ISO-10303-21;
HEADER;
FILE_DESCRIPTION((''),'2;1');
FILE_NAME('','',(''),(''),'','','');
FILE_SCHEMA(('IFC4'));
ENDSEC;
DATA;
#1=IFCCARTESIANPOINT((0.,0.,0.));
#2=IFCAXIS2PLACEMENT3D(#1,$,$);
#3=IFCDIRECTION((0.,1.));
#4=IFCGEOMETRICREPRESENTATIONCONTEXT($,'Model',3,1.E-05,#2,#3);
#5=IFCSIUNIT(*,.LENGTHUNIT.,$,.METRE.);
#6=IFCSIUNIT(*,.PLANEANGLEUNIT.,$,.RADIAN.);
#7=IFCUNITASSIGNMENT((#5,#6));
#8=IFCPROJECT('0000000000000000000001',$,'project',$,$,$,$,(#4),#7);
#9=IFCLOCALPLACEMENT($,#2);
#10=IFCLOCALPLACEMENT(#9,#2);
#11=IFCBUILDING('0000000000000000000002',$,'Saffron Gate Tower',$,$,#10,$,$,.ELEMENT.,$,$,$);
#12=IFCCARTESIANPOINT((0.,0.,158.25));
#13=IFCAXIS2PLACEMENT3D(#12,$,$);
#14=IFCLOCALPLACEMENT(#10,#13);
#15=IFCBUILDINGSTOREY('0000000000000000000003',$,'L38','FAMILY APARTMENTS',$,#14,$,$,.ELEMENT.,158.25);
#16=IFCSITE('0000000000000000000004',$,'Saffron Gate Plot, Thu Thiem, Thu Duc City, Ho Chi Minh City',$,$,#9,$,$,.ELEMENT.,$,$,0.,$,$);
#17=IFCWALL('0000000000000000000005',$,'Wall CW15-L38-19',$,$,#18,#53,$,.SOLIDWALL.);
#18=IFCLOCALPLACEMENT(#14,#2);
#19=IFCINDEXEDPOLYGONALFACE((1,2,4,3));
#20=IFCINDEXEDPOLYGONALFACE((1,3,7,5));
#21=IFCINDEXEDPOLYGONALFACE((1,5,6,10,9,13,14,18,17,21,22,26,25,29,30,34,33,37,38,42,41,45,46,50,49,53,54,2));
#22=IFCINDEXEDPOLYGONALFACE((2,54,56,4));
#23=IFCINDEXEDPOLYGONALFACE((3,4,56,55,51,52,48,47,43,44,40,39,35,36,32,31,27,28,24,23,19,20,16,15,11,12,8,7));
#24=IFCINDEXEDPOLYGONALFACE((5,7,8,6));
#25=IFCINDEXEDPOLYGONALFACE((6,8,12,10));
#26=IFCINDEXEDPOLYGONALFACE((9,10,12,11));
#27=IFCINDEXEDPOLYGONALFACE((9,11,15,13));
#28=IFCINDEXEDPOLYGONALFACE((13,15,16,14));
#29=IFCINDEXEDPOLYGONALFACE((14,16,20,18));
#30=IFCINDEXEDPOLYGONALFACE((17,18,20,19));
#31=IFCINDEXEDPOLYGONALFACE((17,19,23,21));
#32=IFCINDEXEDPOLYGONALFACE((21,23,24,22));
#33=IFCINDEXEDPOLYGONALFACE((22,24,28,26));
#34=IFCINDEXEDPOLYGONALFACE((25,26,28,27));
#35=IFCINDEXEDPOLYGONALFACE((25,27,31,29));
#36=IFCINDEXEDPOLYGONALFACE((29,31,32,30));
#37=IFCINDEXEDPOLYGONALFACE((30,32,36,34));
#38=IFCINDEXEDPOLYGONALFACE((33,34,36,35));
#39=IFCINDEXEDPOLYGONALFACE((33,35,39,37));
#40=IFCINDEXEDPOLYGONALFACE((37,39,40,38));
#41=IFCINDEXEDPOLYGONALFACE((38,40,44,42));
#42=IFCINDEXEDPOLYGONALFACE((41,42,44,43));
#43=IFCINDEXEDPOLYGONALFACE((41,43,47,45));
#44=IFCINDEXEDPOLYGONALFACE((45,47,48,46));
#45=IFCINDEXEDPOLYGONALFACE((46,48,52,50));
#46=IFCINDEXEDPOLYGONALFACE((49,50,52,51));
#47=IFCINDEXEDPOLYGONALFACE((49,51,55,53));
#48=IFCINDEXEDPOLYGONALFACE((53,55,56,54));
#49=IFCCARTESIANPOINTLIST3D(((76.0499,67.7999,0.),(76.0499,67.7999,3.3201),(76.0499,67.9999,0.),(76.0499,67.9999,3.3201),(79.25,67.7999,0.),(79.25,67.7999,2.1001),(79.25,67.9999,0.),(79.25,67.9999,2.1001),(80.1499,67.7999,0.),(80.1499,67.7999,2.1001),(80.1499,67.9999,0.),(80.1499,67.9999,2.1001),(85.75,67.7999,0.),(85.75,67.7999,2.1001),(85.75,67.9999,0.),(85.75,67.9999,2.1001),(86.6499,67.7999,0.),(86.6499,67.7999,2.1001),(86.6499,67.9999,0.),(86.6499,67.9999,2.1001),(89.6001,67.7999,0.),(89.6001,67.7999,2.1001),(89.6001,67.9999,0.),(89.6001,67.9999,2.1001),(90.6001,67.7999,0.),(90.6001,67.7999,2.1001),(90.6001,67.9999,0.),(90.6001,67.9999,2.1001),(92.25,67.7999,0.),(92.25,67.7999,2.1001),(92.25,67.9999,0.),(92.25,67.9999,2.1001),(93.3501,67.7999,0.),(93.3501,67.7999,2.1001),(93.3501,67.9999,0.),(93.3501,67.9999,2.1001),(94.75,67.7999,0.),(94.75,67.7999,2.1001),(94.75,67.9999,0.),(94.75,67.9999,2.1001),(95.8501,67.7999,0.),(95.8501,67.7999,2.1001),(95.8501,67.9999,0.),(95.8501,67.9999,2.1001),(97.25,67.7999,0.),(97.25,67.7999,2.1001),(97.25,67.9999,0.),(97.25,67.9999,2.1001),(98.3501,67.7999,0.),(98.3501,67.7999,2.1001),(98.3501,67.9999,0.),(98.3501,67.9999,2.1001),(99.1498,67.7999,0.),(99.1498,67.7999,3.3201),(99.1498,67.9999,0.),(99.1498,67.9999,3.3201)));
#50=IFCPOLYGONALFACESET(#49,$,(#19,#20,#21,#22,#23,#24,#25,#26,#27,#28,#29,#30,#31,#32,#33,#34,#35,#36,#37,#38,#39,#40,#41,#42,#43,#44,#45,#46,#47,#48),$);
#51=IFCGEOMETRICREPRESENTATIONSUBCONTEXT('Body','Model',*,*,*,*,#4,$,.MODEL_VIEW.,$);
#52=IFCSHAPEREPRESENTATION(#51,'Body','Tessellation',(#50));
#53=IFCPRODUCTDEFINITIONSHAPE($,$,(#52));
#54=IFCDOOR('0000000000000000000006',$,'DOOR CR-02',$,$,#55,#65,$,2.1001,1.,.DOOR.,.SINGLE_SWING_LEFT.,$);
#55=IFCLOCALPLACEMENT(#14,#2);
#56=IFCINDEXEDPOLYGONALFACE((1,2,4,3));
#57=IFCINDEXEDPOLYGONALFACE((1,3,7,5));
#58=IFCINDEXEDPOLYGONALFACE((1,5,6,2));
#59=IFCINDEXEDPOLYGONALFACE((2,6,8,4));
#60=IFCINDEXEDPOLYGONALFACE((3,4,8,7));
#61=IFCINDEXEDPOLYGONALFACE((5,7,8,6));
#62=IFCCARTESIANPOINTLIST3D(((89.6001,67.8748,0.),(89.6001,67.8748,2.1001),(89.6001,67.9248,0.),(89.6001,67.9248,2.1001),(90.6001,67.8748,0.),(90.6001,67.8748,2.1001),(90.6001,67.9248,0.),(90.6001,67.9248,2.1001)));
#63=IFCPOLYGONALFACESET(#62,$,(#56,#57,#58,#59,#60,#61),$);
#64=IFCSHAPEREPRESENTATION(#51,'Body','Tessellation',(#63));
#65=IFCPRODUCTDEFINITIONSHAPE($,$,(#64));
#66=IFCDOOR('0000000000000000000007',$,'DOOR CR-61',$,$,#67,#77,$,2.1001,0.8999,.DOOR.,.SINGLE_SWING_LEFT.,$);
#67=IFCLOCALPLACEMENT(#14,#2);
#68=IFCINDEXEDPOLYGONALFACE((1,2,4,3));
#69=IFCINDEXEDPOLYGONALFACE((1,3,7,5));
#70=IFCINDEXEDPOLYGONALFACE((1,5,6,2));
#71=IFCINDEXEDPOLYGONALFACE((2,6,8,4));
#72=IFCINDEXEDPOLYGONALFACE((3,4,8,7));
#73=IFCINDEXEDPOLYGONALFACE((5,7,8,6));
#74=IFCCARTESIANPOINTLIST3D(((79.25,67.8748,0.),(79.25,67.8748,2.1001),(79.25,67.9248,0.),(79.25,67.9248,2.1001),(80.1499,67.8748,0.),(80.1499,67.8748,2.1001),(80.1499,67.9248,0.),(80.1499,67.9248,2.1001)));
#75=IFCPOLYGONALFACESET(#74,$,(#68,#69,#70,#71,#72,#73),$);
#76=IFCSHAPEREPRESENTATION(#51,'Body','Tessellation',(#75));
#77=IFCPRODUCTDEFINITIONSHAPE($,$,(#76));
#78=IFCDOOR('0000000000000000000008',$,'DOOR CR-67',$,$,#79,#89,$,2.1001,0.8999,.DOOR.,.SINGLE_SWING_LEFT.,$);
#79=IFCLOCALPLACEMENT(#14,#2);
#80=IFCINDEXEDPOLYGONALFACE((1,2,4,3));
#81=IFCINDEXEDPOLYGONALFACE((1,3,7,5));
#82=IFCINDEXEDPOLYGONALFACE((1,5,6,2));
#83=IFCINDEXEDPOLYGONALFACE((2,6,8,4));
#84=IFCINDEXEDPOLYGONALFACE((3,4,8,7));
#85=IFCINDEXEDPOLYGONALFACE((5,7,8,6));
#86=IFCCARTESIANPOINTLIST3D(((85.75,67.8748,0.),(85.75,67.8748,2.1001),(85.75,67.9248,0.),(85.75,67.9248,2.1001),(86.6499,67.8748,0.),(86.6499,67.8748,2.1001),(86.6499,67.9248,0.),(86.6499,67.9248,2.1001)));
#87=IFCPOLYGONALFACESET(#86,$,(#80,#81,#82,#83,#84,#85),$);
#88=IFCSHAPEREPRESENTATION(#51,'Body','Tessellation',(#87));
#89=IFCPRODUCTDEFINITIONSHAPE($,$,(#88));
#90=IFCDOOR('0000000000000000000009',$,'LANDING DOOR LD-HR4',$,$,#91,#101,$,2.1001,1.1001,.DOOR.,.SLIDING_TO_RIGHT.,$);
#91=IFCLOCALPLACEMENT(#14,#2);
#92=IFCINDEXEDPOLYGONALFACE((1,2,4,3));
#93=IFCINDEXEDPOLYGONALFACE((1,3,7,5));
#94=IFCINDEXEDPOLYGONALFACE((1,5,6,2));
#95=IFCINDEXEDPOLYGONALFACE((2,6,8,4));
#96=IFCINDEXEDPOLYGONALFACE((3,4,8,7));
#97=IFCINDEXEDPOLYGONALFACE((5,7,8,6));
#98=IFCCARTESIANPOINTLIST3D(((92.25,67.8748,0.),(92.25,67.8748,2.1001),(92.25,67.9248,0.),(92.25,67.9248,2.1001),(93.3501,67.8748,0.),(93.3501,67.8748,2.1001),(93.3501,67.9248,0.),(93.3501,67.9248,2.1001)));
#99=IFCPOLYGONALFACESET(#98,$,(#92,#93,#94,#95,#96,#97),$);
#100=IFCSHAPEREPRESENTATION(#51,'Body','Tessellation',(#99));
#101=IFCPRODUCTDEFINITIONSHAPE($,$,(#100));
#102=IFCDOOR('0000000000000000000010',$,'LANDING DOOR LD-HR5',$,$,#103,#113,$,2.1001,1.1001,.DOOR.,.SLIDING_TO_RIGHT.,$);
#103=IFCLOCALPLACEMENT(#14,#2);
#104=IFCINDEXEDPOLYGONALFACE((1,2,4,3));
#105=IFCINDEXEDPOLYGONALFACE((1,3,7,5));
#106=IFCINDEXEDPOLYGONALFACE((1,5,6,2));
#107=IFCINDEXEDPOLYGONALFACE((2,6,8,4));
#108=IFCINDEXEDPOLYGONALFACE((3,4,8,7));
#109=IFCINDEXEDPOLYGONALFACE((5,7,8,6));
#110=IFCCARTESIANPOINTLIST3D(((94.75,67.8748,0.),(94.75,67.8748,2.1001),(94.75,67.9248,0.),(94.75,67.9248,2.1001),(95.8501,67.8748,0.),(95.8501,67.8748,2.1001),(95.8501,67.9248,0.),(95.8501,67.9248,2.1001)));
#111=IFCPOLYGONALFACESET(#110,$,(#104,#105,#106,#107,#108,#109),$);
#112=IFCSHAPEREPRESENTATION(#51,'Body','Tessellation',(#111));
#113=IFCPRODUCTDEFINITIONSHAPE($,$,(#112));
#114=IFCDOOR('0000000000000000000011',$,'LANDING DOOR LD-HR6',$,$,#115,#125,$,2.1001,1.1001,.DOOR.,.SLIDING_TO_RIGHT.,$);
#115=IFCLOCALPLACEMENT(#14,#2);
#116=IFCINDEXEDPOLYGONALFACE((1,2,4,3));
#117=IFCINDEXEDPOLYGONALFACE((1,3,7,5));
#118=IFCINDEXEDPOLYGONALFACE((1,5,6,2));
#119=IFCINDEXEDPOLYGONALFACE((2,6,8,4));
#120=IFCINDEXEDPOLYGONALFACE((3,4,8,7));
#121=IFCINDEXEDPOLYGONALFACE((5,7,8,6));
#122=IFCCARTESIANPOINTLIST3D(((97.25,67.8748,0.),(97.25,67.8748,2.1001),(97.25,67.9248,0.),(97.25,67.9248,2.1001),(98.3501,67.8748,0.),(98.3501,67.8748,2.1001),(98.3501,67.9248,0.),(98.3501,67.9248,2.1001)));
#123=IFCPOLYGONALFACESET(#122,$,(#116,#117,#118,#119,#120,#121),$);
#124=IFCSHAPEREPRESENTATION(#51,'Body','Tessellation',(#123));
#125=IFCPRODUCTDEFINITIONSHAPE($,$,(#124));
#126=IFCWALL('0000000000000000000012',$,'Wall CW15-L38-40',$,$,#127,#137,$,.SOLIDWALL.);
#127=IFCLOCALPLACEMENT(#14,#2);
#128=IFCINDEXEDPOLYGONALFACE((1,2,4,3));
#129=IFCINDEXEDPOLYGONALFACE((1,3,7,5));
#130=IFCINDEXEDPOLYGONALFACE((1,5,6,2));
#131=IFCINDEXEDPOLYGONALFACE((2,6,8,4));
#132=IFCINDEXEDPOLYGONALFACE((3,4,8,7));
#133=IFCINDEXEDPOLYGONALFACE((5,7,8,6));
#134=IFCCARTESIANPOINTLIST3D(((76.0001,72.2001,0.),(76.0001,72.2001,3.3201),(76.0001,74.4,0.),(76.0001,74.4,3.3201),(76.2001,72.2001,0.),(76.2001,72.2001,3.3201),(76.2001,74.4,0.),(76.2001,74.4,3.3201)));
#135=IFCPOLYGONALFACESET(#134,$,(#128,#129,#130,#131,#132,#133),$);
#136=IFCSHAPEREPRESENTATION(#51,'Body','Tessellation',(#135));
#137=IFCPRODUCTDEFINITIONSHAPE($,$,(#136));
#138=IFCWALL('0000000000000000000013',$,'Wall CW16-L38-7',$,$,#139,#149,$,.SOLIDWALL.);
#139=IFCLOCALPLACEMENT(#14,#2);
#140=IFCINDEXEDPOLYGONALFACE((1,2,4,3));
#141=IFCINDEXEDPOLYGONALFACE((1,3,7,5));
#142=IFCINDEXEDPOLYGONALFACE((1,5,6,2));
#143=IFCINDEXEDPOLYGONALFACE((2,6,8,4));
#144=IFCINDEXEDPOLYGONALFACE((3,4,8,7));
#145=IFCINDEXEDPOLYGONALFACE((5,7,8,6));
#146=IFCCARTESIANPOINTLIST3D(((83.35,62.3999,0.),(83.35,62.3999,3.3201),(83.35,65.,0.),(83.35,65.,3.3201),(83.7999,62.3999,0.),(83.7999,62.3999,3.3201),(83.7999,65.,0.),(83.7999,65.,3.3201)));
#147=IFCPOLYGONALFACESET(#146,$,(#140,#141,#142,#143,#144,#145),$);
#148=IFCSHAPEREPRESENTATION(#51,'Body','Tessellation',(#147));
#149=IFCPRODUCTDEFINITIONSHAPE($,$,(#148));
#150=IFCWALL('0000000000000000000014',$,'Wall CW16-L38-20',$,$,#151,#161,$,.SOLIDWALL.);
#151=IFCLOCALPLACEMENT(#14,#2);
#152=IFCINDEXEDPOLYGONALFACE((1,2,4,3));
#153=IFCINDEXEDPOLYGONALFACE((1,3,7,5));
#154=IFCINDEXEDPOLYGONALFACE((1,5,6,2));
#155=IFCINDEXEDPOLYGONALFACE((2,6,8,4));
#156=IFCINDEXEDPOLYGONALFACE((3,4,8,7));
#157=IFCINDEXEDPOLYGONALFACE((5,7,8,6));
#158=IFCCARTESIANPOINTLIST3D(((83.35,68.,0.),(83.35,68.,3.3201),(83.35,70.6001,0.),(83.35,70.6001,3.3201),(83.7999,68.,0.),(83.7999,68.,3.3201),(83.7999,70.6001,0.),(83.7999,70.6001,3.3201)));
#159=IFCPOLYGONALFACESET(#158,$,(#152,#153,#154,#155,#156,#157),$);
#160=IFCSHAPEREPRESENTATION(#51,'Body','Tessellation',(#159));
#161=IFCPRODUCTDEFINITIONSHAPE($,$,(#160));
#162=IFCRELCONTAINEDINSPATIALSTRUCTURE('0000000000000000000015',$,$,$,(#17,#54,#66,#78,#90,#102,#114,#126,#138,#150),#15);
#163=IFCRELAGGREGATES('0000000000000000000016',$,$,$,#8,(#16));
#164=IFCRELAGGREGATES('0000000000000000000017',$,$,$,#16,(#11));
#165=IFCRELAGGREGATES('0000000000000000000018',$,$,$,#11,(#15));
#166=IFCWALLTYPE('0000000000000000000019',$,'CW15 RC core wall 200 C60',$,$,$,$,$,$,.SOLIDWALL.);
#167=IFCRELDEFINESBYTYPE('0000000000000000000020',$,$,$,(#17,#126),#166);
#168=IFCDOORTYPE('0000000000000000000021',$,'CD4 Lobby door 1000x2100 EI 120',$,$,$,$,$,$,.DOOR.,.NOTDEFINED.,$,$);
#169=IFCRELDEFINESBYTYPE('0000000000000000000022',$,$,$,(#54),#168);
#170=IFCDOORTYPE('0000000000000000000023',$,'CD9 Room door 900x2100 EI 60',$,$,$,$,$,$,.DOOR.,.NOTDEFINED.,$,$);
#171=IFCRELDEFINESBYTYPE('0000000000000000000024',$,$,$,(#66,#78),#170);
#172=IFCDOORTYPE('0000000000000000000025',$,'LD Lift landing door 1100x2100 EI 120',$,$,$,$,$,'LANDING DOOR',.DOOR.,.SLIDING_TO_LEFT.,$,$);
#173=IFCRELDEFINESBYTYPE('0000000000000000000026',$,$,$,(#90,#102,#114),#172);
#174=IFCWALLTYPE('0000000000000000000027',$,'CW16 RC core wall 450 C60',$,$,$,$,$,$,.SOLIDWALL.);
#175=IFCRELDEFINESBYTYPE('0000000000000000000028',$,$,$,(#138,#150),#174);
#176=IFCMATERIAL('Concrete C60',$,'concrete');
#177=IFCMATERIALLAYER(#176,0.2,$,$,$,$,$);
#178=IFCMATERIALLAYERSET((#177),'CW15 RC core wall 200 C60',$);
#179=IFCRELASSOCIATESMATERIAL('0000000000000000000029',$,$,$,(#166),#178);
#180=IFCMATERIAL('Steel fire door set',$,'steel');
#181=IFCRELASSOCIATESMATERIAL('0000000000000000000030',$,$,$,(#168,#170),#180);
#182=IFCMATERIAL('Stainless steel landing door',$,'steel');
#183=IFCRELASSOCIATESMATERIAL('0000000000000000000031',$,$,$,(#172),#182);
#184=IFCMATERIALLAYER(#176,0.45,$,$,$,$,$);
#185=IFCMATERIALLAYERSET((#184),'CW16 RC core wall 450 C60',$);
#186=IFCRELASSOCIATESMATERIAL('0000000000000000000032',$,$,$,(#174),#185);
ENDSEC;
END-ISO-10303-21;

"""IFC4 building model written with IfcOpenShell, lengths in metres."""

from ifc_helpers import new_model, si_unit, direction, frame, frame_2d, origin, place, context, subcontext, project, spatial, rectangle, extrude, material, layer, layer_set, type_object, element, fill, save


model = new_model("IFC4")

# Units and contexts
model_context = context("Model", 3, precision=1e-05, world=origin(), true_north=direction((0.0, 1.0)))
body_context = subcontext(model_context, "Body", "Model", "MODEL_VIEW")
ifc_project = project(units=[si_unit("LENGTHUNIT", "METRE"), si_unit("PLANEANGLEUNIT", "RADIAN")], contexts=[model_context])

# Site, building, storey
site_placement = place(None, origin())
site = spatial("IfcSite", under=ifc_project, at=site_placement, Name="Saffron Gate Plot, Thu Thiem, Thu Duc City, Ho Chi Minh City", CompositionType="ELEMENT", RefElevation=0.0)
building_placement = place(site_placement, origin())
building = spatial("IfcBuilding", under=site, at=building_placement, Name="Saffron Gate Tower", CompositionType="ELEMENT")
storey_placement = place(building_placement, frame((0.0, 0.0, 158.25)))
storey = spatial("IfcBuildingStorey", under=building, at=storey_placement, Name="L38", Description="FAMILY APARTMENTS", CompositionType="ELEMENT", Elevation=158.25)

# Shared definitions
ifc_material_1 = material(Name="Concrete C60", Category="concrete")
ifc_material_2 = material(Name="Steel fire door set", Category="steel")

# Wall, openings, doors
ifc_layer_1 = layer(ifc_material_1, 0.2)
ifc_layer_set_1 = layer_set([ifc_layer_1], Name="CW15 RC core wall 200 C60")
wall_type_1 = type_object("IfcWallType", Name="CW15 RC core wall 200 C60", PredefinedType="SOLIDWALL", material=ifc_layer_set_1)
wall_1_placement = place(storey_placement, frame((76.05, 67.8999, 0.0), z_axis=(0.0, 0.0, 1.0), x_axis=(1.0, 0.0, 0.0)))
wall_1 = element("IfcWall", 1, at=wall_1_placement, inside=storey, type_object=wall_type_1, Name="Wall CW15-L38-19", PredefinedType="SOLIDWALL", context=body_context, shape_type="SweptSolid", body=[
    extrude(rectangle(XDim=23.0999, YDim=0.2, at=frame_2d((11.5498, 0.0))), origin(), (0.0, 0.0, 1.0), 3.3201),
])
opening_1_placement = place(wall_1_placement, frame((3.2, 0.0, 0.0)))
opening_1 = element("IfcOpeningElement", 2, at=opening_1_placement, cuts=wall_1, PredefinedType="OPENING", context=body_context, shape_type="SweptSolid", body=[
    extrude(rectangle(XDim=0.8999, YDim=2.1001, at=frame_2d((0.45, 1.05))), frame((0.0, 0.1099, 0.0), z_axis=(0.0, -1.0, 0.0), x_axis=(1.0, 0.0, 0.0)), (0.0, 0.0, 1.0), 0.22),
])
opening_2_placement = place(wall_1_placement, frame((9.7, 0.0, 0.0)))
opening_2 = element("IfcOpeningElement", 3, at=opening_2_placement, cuts=wall_1, PredefinedType="OPENING", context=body_context, shape_type="SweptSolid", body=[
    extrude(rectangle(XDim=0.8999, YDim=2.1001, at=frame_2d((0.45, 1.05))), frame((0.0, 0.1099, 0.0), z_axis=(0.0, -1.0, 0.0), x_axis=(1.0, 0.0, 0.0)), (0.0, 0.0, 1.0), 0.22),
])
opening_3_placement = place(wall_1_placement, frame((13.55, 0.0, 0.0)))
opening_3 = element("IfcOpeningElement", 4, at=opening_3_placement, cuts=wall_1, PredefinedType="OPENING", context=body_context, shape_type="SweptSolid", body=[
    extrude(rectangle(XDim=1.0, YDim=2.1001, at=frame_2d((0.5, 1.05))), frame((0.0, 0.1099, 0.0), z_axis=(0.0, -1.0, 0.0), x_axis=(1.0, 0.0, 0.0)), (0.0, 0.0, 1.0), 0.22),
])
opening_4_placement = place(wall_1_placement, frame((16.2, 0.0, 0.0)))
opening_4 = element("IfcOpeningElement", 5, at=opening_4_placement, cuts=wall_1, PredefinedType="OPENING", context=body_context, shape_type="SweptSolid", body=[
    extrude(rectangle(XDim=1.1001, YDim=2.1001, at=frame_2d((0.55, 1.05))), frame((0.0, 0.1099, 0.0), z_axis=(0.0, -1.0, 0.0), x_axis=(1.0, 0.0, 0.0)), (0.0, 0.0, 1.0), 0.22),
])
opening_5_placement = place(wall_1_placement, frame((18.7, 0.0, 0.0)))
opening_5 = element("IfcOpeningElement", 6, at=opening_5_placement, cuts=wall_1, PredefinedType="OPENING", context=body_context, shape_type="SweptSolid", body=[
    extrude(rectangle(XDim=1.1001, YDim=2.1001, at=frame_2d((0.55, 1.05))), frame((0.0, 0.1099, 0.0), z_axis=(0.0, -1.0, 0.0), x_axis=(1.0, 0.0, 0.0)), (0.0, 0.0, 1.0), 0.22),
])
opening_6_placement = place(wall_1_placement, frame((21.2, 0.0, 0.0)))
opening_6 = element("IfcOpeningElement", 7, at=opening_6_placement, cuts=wall_1, PredefinedType="OPENING", context=body_context, shape_type="SweptSolid", body=[
    extrude(rectangle(XDim=1.1001, YDim=2.1001, at=frame_2d((0.55, 1.05))), frame((0.0, 0.1099, 0.0), z_axis=(0.0, -1.0, 0.0), x_axis=(1.0, 0.0, 0.0)), (0.0, 0.0, 1.0), 0.22),
])
door_type_1 = type_object("IfcDoorType", Name="CD4 Lobby door 1000x2100 EI 120", OperationType="NOTDEFINED", PredefinedType="DOOR", material=ifc_material_2)
door_1_placement = place(opening_3_placement, origin())
door_1 = element("IfcDoor", 8, at=door_1_placement, inside=storey, type_object=door_type_1, Name="DOOR CR-02", OperationType="SINGLE_SWING_LEFT", OverallHeight=2.1001, OverallWidth=1.0, PredefinedType="DOOR", context=body_context, shape_type="SweptSolid", body=[
    extrude(rectangle(XDim=1.0, YDim=2.1001, at=frame_2d((0.5, 1.05))), frame((0.0, 0.0249, 0.0), z_axis=(0.0, -1.0, 0.0), x_axis=(1.0, 0.0, 0.0)), (0.0, 0.0, 1.0), 0.05),
])
fill(opening_3, door_1)
door_type_2 = type_object("IfcDoorType", Name="CD9 Room door 900x2100 EI 60", OperationType="NOTDEFINED", PredefinedType="DOOR", material=ifc_material_2)
door_2_placement = place(opening_1_placement, origin())
door_2 = element("IfcDoor", 9, at=door_2_placement, inside=storey, type_object=door_type_2, Name="DOOR CR-61", OperationType="SINGLE_SWING_LEFT", OverallHeight=2.1001, OverallWidth=0.8999, PredefinedType="DOOR", context=body_context, shape_type="SweptSolid", body=[
    extrude(rectangle(XDim=0.8999, YDim=2.1001, at=frame_2d((0.45, 1.05))), frame((0.0, 0.0249, 0.0), z_axis=(0.0, -1.0, 0.0), x_axis=(1.0, 0.0, 0.0)), (0.0, 0.0, 1.0), 0.05),
])
fill(opening_1, door_2)
door_3_placement = place(opening_2_placement, origin())
door_3 = element("IfcDoor", 10, at=door_3_placement, inside=storey, type_object=door_type_2, Name="DOOR CR-67", OperationType="SINGLE_SWING_LEFT", OverallHeight=2.1001, OverallWidth=0.8999, PredefinedType="DOOR", context=body_context, shape_type="SweptSolid", body=[
    extrude(rectangle(XDim=0.8999, YDim=2.1001, at=frame_2d((0.45, 1.05))), frame((0.0, 0.0249, 0.0), z_axis=(0.0, -1.0, 0.0), x_axis=(1.0, 0.0, 0.0)), (0.0, 0.0, 1.0), 0.05),
])
fill(opening_2, door_3)
ifc_material_3 = material(Name="Stainless steel landing door", Category="steel")
door_type_3 = type_object("IfcDoorType", Name="LD Lift landing door 1100x2100 EI 120", ElementType="LANDING DOOR", OperationType="SLIDING_TO_LEFT", PredefinedType="DOOR", material=ifc_material_3)
door_4_placement = place(opening_4_placement, origin())
door_4 = element("IfcDoor", 11, at=door_4_placement, inside=storey, type_object=door_type_3, Name="LANDING DOOR LD-HR4", OperationType="SLIDING_TO_RIGHT", OverallHeight=2.1001, OverallWidth=1.1001, PredefinedType="DOOR", context=body_context, shape_type="SweptSolid", body=[
    extrude(rectangle(XDim=1.1001, YDim=2.1001, at=frame_2d((0.55, 1.05))), frame((0.0, 0.0249, 0.0), z_axis=(0.0, -1.0, 0.0), x_axis=(1.0, 0.0, 0.0)), (0.0, 0.0, 1.0), 0.05),
])
fill(opening_4, door_4)
door_5_placement = place(opening_5_placement, origin())
door_5 = element("IfcDoor", 12, at=door_5_placement, inside=storey, type_object=door_type_3, Name="LANDING DOOR LD-HR5", OperationType="SLIDING_TO_RIGHT", OverallHeight=2.1001, OverallWidth=1.1001, PredefinedType="DOOR", context=body_context, shape_type="SweptSolid", body=[
    extrude(rectangle(XDim=1.1001, YDim=2.1001, at=frame_2d((0.55, 1.05))), frame((0.0, 0.0249, 0.0), z_axis=(0.0, -1.0, 0.0), x_axis=(1.0, 0.0, 0.0)), (0.0, 0.0, 1.0), 0.05),
])
fill(opening_5, door_5)
door_6_placement = place(opening_6_placement, origin())
door_6 = element("IfcDoor", 13, at=door_6_placement, inside=storey, type_object=door_type_3, Name="LANDING DOOR LD-HR6", OperationType="SLIDING_TO_RIGHT", OverallHeight=2.1001, OverallWidth=1.1001, PredefinedType="DOOR", context=body_context, shape_type="SweptSolid", body=[
    extrude(rectangle(XDim=1.1001, YDim=2.1001, at=frame_2d((0.55, 1.05))), frame((0.0, 0.0249, 0.0), z_axis=(0.0, -1.0, 0.0), x_axis=(1.0, 0.0, 0.0)), (0.0, 0.0, 1.0), 0.05),
])
fill(opening_6, door_6)

# Walls
wall_2_placement = place(storey_placement, frame((76.1001, 72.2, 0.0), z_axis=(0.0, 0.0, 1.0), x_axis=(0.0, 1.0, 0.0)))
element("IfcWall", 14, at=wall_2_placement, inside=storey, type_object=wall_type_1, Name="Wall CW15-L38-40", PredefinedType="SOLIDWALL", context=body_context, shape_type="SweptSolid", body=[
    extrude(rectangle(XDim=2.2, YDim=0.2, at=frame_2d((1.1001, 0.0))), origin(), (0.0, 0.0, 1.0), 3.3201),
])
ifc_layer_2 = layer(ifc_material_1, 0.45)
ifc_layer_set_2 = layer_set([ifc_layer_2], Name="CW16 RC core wall 450 C60")
wall_type_2 = type_object("IfcWallType", Name="CW16 RC core wall 450 C60", PredefinedType="SOLIDWALL", material=ifc_layer_set_2)
for number, where, z_axis, x_axis, name in (
    (15, (83.575, 62.3999, 0.0), (0.0, 0.0, 1.0), (0.0, 1.0, 0.0), "Wall CW16-L38-7"),
    (16, (83.575, 68.0, 0.0), (0.0, 0.0, 1.0), (0.0, 1.0, 0.0), "Wall CW16-L38-20"),
):
    element("IfcWall", number, at=place(storey_placement, frame(where, z_axis=z_axis, x_axis=x_axis)), inside=storey, type_object=wall_type_2, Name=name, PredefinedType="SOLIDWALL", context=body_context, shape_type="SweptSolid", body=[
        extrude(rectangle(XDim=2.6001, YDim=0.45, at=frame_2d((1.3, 0.0))), origin(), (0.0, 0.0, 1.0), 3.3201),
    ])

save(model, "model.ifc")
